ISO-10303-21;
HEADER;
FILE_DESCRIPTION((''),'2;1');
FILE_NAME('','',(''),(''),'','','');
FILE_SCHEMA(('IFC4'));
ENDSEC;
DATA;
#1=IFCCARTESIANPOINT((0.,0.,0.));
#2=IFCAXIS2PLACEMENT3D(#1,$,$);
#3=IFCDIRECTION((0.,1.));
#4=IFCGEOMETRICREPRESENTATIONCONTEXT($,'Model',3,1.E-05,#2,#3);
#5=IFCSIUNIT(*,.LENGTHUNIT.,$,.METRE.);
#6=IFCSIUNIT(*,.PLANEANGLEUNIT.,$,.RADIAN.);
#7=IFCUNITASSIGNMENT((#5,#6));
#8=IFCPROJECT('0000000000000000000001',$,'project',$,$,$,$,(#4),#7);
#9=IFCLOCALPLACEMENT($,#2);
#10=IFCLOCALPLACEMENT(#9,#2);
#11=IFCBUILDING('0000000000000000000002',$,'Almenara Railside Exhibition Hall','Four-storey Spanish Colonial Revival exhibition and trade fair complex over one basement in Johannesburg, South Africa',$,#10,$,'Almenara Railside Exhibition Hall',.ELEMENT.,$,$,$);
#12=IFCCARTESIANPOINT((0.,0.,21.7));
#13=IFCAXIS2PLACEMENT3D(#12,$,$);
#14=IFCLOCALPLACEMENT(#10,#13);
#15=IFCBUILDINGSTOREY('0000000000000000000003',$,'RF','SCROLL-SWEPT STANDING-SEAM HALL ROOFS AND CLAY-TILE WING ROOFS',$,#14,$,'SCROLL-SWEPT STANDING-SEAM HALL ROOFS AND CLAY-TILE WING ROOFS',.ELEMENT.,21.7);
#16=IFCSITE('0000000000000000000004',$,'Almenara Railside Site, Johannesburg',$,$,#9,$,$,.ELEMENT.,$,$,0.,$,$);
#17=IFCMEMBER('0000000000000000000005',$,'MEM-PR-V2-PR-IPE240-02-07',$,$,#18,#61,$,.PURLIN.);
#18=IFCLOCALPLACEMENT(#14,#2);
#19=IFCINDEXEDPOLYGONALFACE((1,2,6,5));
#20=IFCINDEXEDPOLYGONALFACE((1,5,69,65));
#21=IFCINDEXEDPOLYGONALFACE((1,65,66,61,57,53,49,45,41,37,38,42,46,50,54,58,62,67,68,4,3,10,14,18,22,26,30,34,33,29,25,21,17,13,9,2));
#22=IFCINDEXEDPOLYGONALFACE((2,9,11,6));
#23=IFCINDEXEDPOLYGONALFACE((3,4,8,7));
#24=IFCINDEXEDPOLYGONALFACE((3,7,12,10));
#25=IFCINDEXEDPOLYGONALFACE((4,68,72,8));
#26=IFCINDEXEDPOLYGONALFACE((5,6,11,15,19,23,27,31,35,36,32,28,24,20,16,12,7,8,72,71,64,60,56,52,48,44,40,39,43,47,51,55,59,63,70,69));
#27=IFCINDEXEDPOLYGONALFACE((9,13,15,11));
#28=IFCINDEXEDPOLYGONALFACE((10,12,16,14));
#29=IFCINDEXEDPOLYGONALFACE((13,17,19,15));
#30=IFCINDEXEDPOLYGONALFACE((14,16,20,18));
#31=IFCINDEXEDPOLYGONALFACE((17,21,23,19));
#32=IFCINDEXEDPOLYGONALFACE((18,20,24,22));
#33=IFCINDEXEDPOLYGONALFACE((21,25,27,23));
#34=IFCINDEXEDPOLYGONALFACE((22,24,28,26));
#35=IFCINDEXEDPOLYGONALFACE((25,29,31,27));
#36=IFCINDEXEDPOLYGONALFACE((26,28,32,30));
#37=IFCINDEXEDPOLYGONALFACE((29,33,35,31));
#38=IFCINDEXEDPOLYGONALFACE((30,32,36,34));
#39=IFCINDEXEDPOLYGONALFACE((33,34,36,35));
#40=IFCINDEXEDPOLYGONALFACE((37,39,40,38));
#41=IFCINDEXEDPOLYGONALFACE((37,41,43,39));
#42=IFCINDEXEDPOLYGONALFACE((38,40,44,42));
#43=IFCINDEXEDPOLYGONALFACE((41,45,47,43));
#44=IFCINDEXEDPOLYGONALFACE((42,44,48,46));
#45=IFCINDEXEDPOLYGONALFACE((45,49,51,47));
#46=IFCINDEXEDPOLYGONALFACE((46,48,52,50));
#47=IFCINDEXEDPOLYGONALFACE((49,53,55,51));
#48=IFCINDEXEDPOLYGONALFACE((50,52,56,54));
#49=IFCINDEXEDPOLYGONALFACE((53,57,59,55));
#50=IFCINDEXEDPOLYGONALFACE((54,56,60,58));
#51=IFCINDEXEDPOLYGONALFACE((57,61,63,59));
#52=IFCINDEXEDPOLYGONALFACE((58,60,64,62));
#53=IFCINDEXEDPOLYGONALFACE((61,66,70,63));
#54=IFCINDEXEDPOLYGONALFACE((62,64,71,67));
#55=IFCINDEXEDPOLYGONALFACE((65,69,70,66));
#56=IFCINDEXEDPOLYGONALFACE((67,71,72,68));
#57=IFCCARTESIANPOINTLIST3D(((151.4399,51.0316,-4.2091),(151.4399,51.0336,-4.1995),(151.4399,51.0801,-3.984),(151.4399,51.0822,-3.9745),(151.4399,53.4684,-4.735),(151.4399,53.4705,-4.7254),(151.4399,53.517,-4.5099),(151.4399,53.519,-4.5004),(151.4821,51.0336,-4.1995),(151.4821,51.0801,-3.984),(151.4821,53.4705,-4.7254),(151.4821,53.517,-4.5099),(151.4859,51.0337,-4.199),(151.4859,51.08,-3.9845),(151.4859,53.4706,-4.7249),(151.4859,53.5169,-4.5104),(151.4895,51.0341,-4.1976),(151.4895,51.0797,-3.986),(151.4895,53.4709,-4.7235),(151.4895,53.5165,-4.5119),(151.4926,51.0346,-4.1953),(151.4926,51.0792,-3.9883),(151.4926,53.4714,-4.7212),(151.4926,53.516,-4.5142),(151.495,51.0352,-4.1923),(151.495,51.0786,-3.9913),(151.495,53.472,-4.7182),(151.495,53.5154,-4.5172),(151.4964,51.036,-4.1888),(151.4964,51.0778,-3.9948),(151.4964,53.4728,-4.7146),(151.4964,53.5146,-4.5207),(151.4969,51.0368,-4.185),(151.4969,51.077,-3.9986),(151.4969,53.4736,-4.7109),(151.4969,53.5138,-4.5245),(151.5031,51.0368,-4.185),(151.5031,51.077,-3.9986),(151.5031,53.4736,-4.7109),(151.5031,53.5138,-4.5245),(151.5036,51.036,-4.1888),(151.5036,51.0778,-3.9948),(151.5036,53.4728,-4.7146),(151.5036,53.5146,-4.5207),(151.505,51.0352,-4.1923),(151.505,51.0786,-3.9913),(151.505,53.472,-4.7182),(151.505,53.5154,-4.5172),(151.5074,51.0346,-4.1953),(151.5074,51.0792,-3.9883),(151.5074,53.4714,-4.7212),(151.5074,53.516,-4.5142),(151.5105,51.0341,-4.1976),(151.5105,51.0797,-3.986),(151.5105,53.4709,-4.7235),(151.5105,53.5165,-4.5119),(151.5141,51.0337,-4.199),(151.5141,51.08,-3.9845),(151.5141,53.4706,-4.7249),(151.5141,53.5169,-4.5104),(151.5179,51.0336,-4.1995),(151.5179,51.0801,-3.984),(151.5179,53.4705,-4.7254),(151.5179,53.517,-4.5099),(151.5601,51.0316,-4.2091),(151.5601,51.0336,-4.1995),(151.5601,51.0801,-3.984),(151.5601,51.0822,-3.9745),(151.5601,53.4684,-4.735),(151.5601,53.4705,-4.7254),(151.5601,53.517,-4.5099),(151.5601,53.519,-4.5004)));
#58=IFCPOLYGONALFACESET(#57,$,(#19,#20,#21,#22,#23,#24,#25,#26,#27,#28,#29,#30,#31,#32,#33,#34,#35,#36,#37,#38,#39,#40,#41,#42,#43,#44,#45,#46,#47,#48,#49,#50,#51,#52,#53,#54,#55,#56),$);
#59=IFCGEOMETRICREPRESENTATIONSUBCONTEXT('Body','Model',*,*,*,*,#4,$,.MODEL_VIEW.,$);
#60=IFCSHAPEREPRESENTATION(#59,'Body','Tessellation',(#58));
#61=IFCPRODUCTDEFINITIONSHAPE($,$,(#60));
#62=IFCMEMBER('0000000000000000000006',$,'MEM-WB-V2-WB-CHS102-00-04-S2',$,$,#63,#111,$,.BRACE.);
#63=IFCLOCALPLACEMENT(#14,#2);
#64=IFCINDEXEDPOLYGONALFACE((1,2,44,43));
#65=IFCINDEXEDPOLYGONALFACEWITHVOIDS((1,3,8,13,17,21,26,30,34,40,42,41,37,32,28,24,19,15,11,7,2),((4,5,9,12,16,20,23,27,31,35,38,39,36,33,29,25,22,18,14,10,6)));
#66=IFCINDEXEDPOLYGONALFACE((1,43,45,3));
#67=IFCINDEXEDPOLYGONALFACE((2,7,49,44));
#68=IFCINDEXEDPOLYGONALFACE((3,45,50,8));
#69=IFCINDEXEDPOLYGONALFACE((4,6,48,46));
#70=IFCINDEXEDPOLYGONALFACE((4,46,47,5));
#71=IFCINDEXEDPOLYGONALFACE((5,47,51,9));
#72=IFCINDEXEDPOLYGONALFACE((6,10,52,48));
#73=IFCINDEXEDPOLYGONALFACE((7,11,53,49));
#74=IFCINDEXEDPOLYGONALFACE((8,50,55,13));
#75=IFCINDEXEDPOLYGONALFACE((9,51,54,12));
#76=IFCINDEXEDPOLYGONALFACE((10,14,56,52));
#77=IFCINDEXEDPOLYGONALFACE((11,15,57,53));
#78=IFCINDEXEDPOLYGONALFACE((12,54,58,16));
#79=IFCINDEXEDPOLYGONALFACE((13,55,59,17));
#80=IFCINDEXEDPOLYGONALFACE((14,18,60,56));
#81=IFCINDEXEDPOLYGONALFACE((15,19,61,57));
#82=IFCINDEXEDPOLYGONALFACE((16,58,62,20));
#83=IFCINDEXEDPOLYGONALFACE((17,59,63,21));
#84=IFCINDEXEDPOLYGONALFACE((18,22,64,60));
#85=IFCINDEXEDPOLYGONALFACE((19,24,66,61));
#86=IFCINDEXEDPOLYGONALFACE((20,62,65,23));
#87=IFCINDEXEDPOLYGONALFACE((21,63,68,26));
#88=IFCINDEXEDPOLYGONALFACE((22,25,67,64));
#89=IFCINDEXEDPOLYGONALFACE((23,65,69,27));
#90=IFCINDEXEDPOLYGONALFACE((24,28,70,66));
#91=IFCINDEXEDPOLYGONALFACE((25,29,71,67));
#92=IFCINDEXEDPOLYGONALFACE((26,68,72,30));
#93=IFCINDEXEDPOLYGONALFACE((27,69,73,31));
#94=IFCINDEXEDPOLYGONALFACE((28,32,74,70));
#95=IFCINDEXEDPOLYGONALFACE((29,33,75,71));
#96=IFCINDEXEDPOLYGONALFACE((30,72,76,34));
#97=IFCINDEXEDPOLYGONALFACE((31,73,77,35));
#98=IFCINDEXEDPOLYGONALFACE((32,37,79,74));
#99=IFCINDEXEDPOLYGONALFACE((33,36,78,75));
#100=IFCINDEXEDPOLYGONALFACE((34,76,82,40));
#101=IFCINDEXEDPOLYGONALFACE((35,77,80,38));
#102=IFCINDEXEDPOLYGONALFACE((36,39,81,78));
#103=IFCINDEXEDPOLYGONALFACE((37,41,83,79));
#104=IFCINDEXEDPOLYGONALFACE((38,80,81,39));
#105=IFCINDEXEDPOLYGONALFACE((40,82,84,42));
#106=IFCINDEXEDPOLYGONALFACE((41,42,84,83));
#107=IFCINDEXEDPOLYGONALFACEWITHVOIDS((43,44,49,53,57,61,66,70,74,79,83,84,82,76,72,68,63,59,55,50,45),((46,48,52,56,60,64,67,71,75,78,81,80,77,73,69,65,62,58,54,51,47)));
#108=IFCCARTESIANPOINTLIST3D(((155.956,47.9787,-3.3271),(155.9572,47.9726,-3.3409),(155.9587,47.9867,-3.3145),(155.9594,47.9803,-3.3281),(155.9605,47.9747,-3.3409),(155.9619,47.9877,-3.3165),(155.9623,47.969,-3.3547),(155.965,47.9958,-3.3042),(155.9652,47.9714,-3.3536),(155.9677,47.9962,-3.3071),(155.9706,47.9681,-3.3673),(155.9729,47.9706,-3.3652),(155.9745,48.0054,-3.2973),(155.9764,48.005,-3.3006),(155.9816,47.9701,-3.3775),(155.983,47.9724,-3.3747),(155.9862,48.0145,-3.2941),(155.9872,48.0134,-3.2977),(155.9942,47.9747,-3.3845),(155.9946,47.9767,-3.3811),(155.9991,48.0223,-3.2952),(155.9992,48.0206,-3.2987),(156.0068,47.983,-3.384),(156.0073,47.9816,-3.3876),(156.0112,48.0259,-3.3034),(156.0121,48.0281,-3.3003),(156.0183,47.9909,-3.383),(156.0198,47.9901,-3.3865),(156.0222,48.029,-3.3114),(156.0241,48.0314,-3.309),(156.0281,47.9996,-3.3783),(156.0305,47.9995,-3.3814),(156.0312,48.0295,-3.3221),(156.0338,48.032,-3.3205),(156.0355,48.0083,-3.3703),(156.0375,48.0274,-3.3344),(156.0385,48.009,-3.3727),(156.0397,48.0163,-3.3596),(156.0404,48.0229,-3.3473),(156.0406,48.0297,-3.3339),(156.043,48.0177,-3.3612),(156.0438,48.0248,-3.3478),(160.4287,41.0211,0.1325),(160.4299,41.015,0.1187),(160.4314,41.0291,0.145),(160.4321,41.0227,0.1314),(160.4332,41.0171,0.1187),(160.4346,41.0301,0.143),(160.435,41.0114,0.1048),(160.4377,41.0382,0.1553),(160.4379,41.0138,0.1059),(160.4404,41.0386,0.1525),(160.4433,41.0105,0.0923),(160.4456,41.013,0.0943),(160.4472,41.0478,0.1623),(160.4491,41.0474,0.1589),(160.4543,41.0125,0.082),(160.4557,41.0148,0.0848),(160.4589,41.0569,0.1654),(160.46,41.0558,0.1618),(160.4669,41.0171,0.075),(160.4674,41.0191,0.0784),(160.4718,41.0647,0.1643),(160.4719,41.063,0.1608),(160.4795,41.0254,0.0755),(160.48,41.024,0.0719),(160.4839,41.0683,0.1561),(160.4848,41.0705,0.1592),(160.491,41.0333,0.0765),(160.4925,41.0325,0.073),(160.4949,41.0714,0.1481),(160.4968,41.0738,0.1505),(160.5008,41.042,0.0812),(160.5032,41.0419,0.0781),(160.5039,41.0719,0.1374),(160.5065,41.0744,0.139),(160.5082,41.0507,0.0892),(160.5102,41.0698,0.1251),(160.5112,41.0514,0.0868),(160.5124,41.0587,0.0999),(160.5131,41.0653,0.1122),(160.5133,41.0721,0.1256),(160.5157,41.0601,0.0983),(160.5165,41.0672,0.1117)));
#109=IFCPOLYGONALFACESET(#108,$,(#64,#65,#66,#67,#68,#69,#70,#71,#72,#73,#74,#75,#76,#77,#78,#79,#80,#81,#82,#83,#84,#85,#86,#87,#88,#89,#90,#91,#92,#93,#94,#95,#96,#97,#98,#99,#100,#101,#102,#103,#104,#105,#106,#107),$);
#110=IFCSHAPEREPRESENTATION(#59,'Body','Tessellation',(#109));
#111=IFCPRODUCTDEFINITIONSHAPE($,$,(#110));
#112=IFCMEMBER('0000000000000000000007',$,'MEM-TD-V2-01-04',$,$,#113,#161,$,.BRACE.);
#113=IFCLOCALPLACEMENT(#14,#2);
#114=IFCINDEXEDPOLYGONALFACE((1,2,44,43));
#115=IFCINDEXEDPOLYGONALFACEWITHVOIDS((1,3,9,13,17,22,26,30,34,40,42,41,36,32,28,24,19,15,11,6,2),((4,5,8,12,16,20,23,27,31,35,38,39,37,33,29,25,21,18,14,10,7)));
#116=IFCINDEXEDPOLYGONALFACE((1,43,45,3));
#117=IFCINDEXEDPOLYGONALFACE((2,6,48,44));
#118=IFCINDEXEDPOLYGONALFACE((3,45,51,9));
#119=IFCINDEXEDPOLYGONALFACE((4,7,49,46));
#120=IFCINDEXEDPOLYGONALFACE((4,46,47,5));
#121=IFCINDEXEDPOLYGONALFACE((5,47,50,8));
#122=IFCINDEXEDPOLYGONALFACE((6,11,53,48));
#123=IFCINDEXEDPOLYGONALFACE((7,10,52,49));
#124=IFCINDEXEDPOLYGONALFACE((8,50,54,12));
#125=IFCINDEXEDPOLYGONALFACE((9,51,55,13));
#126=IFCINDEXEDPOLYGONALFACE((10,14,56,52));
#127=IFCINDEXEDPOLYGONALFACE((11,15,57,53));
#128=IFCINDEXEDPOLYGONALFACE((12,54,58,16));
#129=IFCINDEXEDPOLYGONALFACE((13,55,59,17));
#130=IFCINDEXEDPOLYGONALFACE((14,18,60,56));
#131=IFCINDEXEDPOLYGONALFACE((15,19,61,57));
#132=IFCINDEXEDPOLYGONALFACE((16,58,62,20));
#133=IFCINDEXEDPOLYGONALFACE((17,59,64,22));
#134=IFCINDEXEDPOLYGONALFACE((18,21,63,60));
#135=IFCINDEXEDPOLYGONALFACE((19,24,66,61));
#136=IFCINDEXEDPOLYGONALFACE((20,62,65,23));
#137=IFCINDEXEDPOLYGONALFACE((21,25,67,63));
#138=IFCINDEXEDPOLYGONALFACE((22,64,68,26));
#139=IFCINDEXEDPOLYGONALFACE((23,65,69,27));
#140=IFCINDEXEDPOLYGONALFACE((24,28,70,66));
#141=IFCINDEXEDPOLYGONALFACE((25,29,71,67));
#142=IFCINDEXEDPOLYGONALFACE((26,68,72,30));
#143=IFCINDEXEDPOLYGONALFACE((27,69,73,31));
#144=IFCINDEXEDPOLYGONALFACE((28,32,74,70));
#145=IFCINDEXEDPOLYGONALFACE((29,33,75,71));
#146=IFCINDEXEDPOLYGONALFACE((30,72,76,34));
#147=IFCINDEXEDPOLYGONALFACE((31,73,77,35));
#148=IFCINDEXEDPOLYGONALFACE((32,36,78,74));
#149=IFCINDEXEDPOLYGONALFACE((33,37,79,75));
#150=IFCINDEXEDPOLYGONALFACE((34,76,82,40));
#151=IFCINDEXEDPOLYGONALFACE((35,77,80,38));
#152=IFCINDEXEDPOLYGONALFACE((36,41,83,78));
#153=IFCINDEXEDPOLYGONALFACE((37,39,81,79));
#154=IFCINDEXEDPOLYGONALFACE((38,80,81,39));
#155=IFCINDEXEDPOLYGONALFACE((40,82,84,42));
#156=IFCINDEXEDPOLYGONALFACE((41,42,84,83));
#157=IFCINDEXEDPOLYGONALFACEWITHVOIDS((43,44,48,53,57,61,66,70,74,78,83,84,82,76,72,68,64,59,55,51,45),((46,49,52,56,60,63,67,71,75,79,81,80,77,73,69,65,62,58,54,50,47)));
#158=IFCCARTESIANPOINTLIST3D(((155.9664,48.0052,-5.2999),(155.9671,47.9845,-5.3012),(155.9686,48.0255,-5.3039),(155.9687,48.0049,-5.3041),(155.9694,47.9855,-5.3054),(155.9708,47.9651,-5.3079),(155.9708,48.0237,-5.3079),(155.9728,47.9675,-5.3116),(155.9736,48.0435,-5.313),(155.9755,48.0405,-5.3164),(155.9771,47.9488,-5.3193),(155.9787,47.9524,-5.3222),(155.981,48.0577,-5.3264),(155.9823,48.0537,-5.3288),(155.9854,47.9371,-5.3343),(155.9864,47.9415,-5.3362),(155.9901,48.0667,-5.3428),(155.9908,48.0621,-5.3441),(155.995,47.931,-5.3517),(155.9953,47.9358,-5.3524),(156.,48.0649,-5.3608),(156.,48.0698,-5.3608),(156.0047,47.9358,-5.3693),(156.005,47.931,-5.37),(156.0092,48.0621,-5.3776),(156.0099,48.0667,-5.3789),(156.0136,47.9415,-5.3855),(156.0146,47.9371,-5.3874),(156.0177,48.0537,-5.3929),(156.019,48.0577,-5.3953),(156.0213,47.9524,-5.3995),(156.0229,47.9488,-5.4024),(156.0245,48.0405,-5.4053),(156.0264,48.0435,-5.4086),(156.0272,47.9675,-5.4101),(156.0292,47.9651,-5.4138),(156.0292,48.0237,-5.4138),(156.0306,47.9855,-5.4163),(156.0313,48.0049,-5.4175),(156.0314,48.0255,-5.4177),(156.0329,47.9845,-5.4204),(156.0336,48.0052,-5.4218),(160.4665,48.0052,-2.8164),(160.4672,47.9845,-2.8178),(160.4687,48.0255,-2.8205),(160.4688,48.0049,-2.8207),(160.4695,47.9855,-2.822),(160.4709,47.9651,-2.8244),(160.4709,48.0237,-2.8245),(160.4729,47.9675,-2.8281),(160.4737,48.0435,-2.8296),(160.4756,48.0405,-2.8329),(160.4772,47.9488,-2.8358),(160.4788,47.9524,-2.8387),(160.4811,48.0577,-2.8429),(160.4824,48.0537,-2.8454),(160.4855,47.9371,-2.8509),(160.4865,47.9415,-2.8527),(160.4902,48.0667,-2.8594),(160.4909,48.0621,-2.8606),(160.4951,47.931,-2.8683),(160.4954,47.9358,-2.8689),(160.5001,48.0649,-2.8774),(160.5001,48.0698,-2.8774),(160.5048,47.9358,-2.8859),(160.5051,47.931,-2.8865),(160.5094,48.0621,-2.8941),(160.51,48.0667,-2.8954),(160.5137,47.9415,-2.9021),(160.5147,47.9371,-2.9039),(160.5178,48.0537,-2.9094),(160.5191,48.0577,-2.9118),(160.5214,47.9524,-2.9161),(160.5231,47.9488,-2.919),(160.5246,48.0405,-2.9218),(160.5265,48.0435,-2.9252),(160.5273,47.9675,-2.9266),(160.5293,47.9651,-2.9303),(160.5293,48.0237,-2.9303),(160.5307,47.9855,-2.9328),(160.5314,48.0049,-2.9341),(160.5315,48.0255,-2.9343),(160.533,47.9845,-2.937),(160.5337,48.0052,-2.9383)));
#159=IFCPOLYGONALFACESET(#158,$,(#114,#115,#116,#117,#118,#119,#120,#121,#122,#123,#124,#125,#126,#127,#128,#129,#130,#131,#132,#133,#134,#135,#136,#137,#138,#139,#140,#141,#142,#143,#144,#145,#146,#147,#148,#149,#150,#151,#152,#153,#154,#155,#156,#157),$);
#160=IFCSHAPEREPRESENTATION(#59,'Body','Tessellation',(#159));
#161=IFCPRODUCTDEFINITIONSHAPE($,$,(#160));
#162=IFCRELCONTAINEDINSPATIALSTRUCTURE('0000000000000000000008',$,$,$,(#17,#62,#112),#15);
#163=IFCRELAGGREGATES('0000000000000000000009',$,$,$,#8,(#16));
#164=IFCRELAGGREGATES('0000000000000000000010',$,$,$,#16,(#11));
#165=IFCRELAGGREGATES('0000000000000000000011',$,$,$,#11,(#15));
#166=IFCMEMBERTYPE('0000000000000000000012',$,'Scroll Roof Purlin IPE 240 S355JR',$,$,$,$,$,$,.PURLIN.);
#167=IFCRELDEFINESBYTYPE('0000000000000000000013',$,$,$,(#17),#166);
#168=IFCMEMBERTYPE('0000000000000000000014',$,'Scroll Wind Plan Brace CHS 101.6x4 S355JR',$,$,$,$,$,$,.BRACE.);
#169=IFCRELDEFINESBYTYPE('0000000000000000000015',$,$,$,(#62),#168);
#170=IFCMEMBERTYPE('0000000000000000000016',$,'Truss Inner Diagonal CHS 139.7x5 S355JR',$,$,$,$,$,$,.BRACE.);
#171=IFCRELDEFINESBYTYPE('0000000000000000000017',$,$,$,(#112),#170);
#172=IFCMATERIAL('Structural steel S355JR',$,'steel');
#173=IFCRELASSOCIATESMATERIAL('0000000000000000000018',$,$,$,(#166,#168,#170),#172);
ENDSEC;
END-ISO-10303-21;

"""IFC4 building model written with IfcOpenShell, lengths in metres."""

from ifc_helpers import new_model, si_unit, direction, frame, origin, origin_2d, place, context, subcontext, project, spatial, hollow_circle, i_section, extrude, material, material_profile, profile_set, type_object, element, save


model = new_model("IFC4")

# Units and contexts
model_context = context("Model", 3, precision=1e-05, world=origin(), true_north=direction((0.0, 1.0)))
body_context = subcontext(model_context, "Body", "Model", "MODEL_VIEW")
ifc_project = project(units=[si_unit("LENGTHUNIT", "METRE"), si_unit("PLANEANGLEUNIT", "RADIAN")], contexts=[model_context])

# Site, building, storey
site_placement = place(None, origin())
site = spatial("IfcSite", under=ifc_project, at=site_placement, Name="Almenara Railside Site, Johannesburg", CompositionType="ELEMENT", RefElevation=0.0)
building_placement = place(site_placement, origin())
building = spatial("IfcBuilding", under=site, at=building_placement, Name="Almenara Railside Exhibition Hall", Description="Four-storey Spanish Colonial Revival exhibition and trade fair complex over one basement in Johannesburg, South Africa", LongName="Almenara Railside Exhibition Hall", CompositionType="ELEMENT")
storey_placement = place(building_placement, frame((0.0, 0.0, 21.7)))
storey = spatial("IfcBuildingStorey", under=building, at=storey_placement, Name="RF", Description="SCROLL-SWEPT STANDING-SEAM HALL ROOFS AND CLAY-TILE WING ROOFS", LongName="SCROLL-SWEPT STANDING-SEAM HALL ROOFS AND CLAY-TILE WING ROOFS", CompositionType="ELEMENT", Elevation=21.7)

# Members
ifc_material_1 = material(Name="Structural steel S355JR", Category="steel")
ifc_material_profile_1 = material_profile(ifc_material_1, i_section(OverallWidth=0.1201, OverallDepth=0.24, WebThickness=0.0061, FlangeThickness=0.0098, FilletRadius=0.0149, at=origin_2d()), Name="IPE 240")
ifc_profile_set_1 = profile_set([ifc_material_profile_1], Name="Structural steel S355JR")
member_type_1 = type_object("IfcMemberType", Name="Scroll Roof Purlin IPE 240 S355JR", PredefinedType="PURLIN", material=ifc_profile_set_1)
member_1_placement = place(storey_placement, frame((151.5, 51.0569, -4.0918), z_axis=(0.0, 0.977496, -0.210953), x_axis=(-1.0, 0.0, 0.0)))
element("IfcMember", 1, at=member_1_placement, inside=storey, type_object=member_type_1, Name="MEM-PR-V2-PR-IPE240-02-07", PredefinedType="PURLIN", context=body_context, shape_type="SweptSolid", body=[
    extrude(i_section(OverallWidth=0.1201, OverallDepth=0.24, WebThickness=0.0061, FlangeThickness=0.0098, FilletRadius=0.0149, at=origin_2d()), origin(), (0.0, 0.0, 1.0), 2.4929),
])
ifc_material_profile_2 = material_profile(ifc_material_1, hollow_circle(Radius=0.0508, WallThickness=0.0039, at=origin_2d()), Name="CHS 101.6x4")
ifc_profile_set_2 = profile_set([ifc_material_profile_2], Name="Structural steel S355JR")
member_type_2 = type_object("IfcMemberType", Name="Scroll Wind Plan Brace CHS 101.6x4 S355JR", PredefinedType="BRACE", material=ifc_profile_set_2)
member_2_placement = place(storey_placement, frame((160.4727, 41.0425, 0.1187), z_axis=(-0.498876, 0.776035, -0.385866), x_axis=(-0.84118, -0.540755, 0.0)))
element("IfcMember", 2, at=member_2_placement, inside=storey, type_object=member_type_2, Name="MEM-WB-V2-WB-CHS102-00-04-S2", PredefinedType="BRACE", context=body_context, shape_type="SweptSolid", body=[
    extrude(hollow_circle(Radius=0.0508, WallThickness=0.0039, at=origin_2d()), origin(), (0.0, 0.0, 1.0), 8.9656),
])
ifc_material_profile_3 = material_profile(ifc_material_1, hollow_circle(Radius=0.0698, WallThickness=0.0049, at=origin_2d()), Name="CHS 139.7x5")
ifc_profile_set_3 = profile_set([ifc_material_profile_3], Name="Structural steel S355JR")
member_type_3 = type_object("IfcMemberType", Name="Truss Inner Diagonal CHS 139.7x5 S355JR", PredefinedType="BRACE", material=ifc_profile_set_3)
member_3_placement = place(storey_placement, frame((156.0, 48.0, -5.3608), z_axis=(0.875525, 0.0, 0.483173), x_axis=(0.0, 1.0, 0.0)))
element("IfcMember", 3, at=member_3_placement, inside=storey, type_object=member_type_3, Name="MEM-TD-V2-01-04", PredefinedType="BRACE", context=body_context, shape_type="SweptSolid", body=[
    extrude(hollow_circle(Radius=0.0698, WallThickness=0.0049, at=origin_2d()), origin(), (0.0, 0.0, 1.0), 5.1399),
])

save(model, "model.ifc")
